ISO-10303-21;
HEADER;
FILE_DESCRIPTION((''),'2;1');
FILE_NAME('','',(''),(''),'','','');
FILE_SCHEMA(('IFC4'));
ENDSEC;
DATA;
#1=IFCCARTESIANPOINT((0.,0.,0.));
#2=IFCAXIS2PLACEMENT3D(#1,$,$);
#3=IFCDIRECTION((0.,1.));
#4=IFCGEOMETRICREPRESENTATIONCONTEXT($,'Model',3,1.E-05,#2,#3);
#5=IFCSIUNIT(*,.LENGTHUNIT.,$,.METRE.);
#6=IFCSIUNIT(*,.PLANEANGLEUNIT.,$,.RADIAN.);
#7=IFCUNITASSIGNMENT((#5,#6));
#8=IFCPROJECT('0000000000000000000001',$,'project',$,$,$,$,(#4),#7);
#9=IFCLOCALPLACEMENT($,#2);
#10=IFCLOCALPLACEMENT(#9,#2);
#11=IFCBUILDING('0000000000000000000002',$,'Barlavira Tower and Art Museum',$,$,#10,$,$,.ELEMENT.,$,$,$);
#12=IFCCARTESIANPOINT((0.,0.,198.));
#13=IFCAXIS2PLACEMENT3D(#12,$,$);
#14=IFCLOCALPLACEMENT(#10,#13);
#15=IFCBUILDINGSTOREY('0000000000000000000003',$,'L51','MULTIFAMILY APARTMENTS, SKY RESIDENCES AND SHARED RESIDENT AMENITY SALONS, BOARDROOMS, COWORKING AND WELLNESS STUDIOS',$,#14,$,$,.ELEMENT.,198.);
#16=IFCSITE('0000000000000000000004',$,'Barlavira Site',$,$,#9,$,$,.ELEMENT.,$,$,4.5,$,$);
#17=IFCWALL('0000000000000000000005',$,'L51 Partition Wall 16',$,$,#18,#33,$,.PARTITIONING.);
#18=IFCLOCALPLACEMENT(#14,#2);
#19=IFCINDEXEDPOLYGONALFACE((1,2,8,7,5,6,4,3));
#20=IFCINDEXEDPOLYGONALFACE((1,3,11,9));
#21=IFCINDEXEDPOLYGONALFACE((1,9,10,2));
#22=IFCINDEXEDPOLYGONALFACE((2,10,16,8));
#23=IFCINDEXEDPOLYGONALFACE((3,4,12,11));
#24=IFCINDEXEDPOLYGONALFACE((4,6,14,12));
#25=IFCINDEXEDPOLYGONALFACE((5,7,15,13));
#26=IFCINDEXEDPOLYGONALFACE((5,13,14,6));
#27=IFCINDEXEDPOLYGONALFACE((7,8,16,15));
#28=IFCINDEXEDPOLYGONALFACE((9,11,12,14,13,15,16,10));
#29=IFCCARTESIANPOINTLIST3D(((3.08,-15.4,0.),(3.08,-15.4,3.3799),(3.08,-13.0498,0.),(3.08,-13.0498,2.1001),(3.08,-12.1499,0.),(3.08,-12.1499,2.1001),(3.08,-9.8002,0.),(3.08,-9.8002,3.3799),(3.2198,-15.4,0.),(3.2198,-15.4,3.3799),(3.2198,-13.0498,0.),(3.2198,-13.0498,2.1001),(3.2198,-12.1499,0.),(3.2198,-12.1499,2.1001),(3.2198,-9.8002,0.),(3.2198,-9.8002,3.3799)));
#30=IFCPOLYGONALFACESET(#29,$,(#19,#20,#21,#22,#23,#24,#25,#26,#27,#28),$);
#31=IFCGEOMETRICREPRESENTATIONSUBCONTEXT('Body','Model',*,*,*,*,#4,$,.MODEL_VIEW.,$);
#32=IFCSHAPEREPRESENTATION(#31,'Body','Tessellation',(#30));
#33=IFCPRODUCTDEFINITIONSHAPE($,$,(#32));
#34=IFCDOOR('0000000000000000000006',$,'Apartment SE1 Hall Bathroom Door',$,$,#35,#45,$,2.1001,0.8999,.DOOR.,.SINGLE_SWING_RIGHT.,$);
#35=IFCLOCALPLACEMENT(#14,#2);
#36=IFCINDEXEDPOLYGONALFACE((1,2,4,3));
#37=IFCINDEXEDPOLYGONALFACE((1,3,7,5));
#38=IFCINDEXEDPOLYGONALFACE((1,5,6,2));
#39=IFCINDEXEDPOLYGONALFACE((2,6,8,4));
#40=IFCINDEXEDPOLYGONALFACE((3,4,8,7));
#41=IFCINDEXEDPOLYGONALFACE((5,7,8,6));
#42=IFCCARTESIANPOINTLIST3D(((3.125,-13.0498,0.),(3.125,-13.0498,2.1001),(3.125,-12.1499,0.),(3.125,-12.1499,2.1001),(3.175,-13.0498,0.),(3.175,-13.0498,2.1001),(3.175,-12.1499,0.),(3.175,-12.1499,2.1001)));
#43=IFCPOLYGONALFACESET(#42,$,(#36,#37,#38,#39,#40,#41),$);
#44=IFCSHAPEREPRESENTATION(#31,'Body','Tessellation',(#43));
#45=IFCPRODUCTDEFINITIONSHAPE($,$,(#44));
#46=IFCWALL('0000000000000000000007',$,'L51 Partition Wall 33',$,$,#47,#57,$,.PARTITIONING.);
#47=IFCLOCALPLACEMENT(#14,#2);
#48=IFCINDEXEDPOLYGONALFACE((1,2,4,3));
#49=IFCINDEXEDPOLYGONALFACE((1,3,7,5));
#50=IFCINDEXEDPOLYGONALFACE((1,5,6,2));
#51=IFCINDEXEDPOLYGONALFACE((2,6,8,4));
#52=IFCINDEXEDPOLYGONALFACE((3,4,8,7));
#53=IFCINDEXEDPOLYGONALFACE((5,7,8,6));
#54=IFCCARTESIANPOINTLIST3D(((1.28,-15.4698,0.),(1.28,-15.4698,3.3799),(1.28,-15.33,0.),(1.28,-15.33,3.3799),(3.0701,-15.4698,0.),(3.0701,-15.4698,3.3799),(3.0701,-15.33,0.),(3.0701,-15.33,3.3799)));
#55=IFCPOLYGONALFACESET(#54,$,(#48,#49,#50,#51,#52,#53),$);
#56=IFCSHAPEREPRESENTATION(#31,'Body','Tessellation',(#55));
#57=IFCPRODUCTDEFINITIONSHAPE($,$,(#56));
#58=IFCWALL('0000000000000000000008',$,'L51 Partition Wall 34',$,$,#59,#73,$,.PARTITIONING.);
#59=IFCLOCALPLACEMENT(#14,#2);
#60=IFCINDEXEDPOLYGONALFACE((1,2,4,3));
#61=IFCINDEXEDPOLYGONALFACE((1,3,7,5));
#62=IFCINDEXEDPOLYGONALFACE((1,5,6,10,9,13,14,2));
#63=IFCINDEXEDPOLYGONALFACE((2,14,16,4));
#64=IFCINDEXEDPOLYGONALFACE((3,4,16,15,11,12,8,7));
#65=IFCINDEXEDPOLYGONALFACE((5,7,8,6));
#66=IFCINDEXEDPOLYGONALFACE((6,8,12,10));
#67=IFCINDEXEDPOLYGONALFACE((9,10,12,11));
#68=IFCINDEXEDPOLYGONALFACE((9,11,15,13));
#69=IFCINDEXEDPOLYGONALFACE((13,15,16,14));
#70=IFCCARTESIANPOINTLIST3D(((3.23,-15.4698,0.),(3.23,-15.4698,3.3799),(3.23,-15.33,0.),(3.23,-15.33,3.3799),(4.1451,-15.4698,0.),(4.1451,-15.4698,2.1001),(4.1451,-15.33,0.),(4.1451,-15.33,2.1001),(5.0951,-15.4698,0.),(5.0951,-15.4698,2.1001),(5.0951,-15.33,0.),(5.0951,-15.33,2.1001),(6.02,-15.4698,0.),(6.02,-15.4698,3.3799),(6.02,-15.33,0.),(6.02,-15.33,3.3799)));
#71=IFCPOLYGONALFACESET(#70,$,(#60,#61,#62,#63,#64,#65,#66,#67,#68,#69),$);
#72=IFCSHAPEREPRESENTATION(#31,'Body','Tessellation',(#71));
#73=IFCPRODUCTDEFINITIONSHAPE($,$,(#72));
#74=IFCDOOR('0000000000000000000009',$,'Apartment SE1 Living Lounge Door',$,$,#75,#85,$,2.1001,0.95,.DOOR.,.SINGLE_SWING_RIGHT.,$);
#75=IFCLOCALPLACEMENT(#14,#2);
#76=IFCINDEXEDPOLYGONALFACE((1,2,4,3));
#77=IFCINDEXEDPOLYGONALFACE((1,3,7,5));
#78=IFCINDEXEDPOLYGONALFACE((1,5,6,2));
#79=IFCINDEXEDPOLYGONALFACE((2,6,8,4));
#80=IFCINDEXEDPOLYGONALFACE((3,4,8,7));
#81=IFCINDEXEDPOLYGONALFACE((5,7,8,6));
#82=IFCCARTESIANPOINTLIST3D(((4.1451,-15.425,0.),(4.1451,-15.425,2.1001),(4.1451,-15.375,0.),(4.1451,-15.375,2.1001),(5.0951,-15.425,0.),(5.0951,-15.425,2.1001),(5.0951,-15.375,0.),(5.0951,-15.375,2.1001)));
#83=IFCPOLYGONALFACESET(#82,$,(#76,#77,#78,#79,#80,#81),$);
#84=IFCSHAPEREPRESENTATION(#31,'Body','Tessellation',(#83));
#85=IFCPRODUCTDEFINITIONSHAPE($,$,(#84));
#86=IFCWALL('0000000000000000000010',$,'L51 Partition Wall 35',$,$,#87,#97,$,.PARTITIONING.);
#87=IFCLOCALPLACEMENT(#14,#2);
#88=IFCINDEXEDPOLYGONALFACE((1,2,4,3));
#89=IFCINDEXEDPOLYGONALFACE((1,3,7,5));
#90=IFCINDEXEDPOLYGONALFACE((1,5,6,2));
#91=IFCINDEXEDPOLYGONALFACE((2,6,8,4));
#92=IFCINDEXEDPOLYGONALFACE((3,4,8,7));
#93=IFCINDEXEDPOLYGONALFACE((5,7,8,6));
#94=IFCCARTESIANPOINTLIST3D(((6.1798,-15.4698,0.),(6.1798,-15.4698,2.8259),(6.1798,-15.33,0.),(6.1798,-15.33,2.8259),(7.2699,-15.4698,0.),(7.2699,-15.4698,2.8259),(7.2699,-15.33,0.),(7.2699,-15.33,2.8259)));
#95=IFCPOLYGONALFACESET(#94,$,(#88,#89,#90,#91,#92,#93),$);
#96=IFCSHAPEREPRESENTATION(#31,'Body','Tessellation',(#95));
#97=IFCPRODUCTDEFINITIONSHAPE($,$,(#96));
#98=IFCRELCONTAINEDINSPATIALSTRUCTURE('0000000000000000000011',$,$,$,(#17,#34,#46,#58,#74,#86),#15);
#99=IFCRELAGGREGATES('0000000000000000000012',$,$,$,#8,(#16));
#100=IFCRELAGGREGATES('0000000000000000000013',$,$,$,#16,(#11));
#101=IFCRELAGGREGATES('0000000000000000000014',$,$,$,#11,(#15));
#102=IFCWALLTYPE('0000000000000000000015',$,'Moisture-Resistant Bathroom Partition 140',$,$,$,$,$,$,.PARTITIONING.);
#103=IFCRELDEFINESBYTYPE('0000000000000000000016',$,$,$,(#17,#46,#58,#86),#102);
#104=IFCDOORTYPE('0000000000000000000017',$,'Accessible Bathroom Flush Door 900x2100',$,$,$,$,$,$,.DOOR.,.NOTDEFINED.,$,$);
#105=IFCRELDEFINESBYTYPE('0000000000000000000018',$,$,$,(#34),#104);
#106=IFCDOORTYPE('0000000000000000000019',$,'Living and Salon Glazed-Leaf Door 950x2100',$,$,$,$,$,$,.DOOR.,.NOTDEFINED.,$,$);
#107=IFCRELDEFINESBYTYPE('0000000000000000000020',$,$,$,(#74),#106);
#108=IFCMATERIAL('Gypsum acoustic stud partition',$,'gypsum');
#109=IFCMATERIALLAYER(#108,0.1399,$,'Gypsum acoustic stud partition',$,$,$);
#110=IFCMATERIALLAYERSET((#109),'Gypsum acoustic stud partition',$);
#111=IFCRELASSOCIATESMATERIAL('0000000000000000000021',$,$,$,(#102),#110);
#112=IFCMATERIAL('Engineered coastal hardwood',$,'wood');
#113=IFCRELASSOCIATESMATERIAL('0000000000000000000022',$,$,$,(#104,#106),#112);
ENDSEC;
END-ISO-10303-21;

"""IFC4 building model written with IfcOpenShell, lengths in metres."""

from ifc_helpers import new_model, si_unit, direction, frame, frame_2d, origin, place, context, subcontext, project, spatial, rectangle, extrude, material, layer, layer_set, type_object, element, fill, save


model = new_model("IFC4")

# Units and contexts
model_context = context("Model", 3, precision=1e-05, world=origin(), true_north=direction((0.0, 1.0)))
body_context = subcontext(model_context, "Body", "Model", "MODEL_VIEW")
ifc_project = project(units=[si_unit("LENGTHUNIT", "METRE"), si_unit("PLANEANGLEUNIT", "RADIAN")], contexts=[model_context])

# Site, building, storey
site_placement = place(None, origin())
site = spatial("IfcSite", under=ifc_project, at=site_placement, Name="Barlavira Site", CompositionType="ELEMENT", RefElevation=4.5)
building_placement = place(site_placement, origin())
building = spatial("IfcBuilding", under=site, at=building_placement, Name="Barlavira Tower and Art Museum", CompositionType="ELEMENT")
storey_placement = place(building_placement, frame((0.0, 0.0, 198.0)))
storey = spatial("IfcBuildingStorey", under=building, at=storey_placement, Name="L51", Description="MULTIFAMILY APARTMENTS, SKY RESIDENCES AND SHARED RESIDENT AMENITY SALONS, BOARDROOMS, COWORKING AND WELLNESS STUDIOS", CompositionType="ELEMENT", Elevation=198.0)

# Shared definitions
ifc_material_1 = material(Name="Gypsum acoustic stud partition", Category="gypsum")
ifc_material_2 = material(Name="Engineered coastal hardwood", Category="wood")

# Wall, opening, door
ifc_layer_1 = layer(ifc_material_1, 0.1399, Name="Gypsum acoustic stud partition")
ifc_layer_set_1 = layer_set([ifc_layer_1], Name="Gypsum acoustic stud partition")
wall_type_1 = type_object("IfcWallType", Name="Moisture-Resistant Bathroom Partition 140", PredefinedType="PARTITIONING", material=ifc_layer_set_1)
wall_1_placement = place(storey_placement, frame((3.1499, -15.3999, 0.0), z_axis=(0.0, 0.0, 1.0), x_axis=(0.0, 1.0, 0.0)))
wall_1 = element("IfcWall", 1, at=wall_1_placement, inside=storey, type_object=wall_type_1, Name="L51 Partition Wall 16", PredefinedType="PARTITIONING", context=body_context, shape_type="SweptSolid", body=[
    extrude(rectangle(XDim=5.5999, YDim=0.1399, at=frame_2d((2.7998, 0.0))), origin(), (0.0, 0.0, 1.0), 3.3799),
])
opening_1_placement = place(wall_1_placement, frame((2.3501, 0.0, 0.0)))
opening_1 = element("IfcOpeningElement", 2, at=opening_1_placement, cuts=wall_1, PredefinedType="OPENING", context=body_context, shape_type="SweptSolid", body=[
    extrude(rectangle(XDim=0.8999, YDim=2.1001, at=frame_2d((0.45, 1.05))), frame((0.0, 0.0801, 0.0), z_axis=(0.0, -1.0, 0.0), x_axis=(1.0, 0.0, 0.0)), (0.0, 0.0, 1.0), 0.1599),
])
door_type_1 = type_object("IfcDoorType", Name="Accessible Bathroom Flush Door 900x2100", OperationType="NOTDEFINED", PredefinedType="DOOR", material=ifc_material_2)
door_1_placement = place(opening_1_placement, origin())
door_1 = element("IfcDoor", 3, at=door_1_placement, inside=storey, type_object=door_type_1, Name="Apartment SE1 Hall Bathroom Door", OperationType="SINGLE_SWING_RIGHT", OverallHeight=2.1001, OverallWidth=0.8999, PredefinedType="DOOR", context=body_context, shape_type="SweptSolid", body=[
    extrude(rectangle(XDim=0.8999, YDim=2.1001, at=frame_2d((0.45, 1.05))), frame((0.0, 0.0249, 0.0), z_axis=(0.0, -1.0, 0.0), x_axis=(1.0, 0.0, 0.0)), (0.0, 0.0, 1.0), 0.05),
])
fill(opening_1, door_1)

# Wall
wall_2_placement = place(storey_placement, frame((1.28, -15.3999, 0.0), z_axis=(0.0, 0.0, 1.0), x_axis=(1.0, 0.0, 0.0)))
element("IfcWall", 4, at=wall_2_placement, inside=storey, type_object=wall_type_1, Name="L51 Partition Wall 33", PredefinedType="PARTITIONING", context=body_context, shape_type="SweptSolid", body=[
    extrude(rectangle(XDim=1.79, YDim=0.1399, at=frame_2d((0.895, 0.0))), origin(), (0.0, 0.0, 1.0), 3.3799),
])

# Wall, opening, door
wall_3_placement = place(storey_placement, frame((3.23, -15.3999, 0.0), z_axis=(0.0, 0.0, 1.0), x_axis=(1.0, 0.0, 0.0)))
wall_3 = element("IfcWall", 5, at=wall_3_placement, inside=storey, type_object=wall_type_1, Name="L51 Partition Wall 34", PredefinedType="PARTITIONING", context=body_context, shape_type="SweptSolid", body=[
    extrude(rectangle(XDim=2.79, YDim=0.1399, at=frame_2d((1.395, 0.0))), origin(), (0.0, 0.0, 1.0), 3.3799),
])
opening_2_placement = place(wall_3_placement, frame((0.915, 0.0, 0.0)))
opening_2 = element("IfcOpeningElement", 6, at=opening_2_placement, cuts=wall_3, PredefinedType="OPENING", context=body_context, shape_type="SweptSolid", body=[
    extrude(rectangle(XDim=0.95, YDim=2.1001, at=frame_2d((0.4751, 1.05))), frame((0.0, 0.0801, 0.0), z_axis=(0.0, -1.0, 0.0), x_axis=(1.0, 0.0, 0.0)), (0.0, 0.0, 1.0), 0.1599),
])
door_type_2 = type_object("IfcDoorType", Name="Living and Salon Glazed-Leaf Door 950x2100", OperationType="NOTDEFINED", PredefinedType="DOOR", material=ifc_material_2)
door_2_placement = place(opening_2_placement, origin())
door_2 = element("IfcDoor", 7, at=door_2_placement, inside=storey, type_object=door_type_2, Name="Apartment SE1 Living Lounge Door", OperationType="SINGLE_SWING_RIGHT", OverallHeight=2.1001, OverallWidth=0.95, PredefinedType="DOOR", context=body_context, shape_type="SweptSolid", body=[
    extrude(rectangle(XDim=0.95, YDim=2.1001, at=frame_2d((0.4751, 1.05))), frame((0.0, 0.0249, 0.0), z_axis=(0.0, -1.0, 0.0), x_axis=(1.0, 0.0, 0.0)), (0.0, 0.0, 1.0), 0.05),
])
fill(opening_2, door_2)

# Wall
wall_4_placement = place(storey_placement, frame((6.1799, -15.3999, 0.0), z_axis=(0.0, 0.0, 1.0), x_axis=(1.0, 0.0, 0.0)))
element("IfcWall", 8, at=wall_4_placement, inside=storey, type_object=wall_type_1, Name="L51 Partition Wall 35", PredefinedType="PARTITIONING", context=body_context, shape_type="SweptSolid", body=[
    extrude(rectangle(XDim=1.0901, YDim=0.1399, at=frame_2d((0.5449, 0.0))), origin(), (0.0, 0.0, 1.0), 2.8259),
])

save(model, "model.ifc")
